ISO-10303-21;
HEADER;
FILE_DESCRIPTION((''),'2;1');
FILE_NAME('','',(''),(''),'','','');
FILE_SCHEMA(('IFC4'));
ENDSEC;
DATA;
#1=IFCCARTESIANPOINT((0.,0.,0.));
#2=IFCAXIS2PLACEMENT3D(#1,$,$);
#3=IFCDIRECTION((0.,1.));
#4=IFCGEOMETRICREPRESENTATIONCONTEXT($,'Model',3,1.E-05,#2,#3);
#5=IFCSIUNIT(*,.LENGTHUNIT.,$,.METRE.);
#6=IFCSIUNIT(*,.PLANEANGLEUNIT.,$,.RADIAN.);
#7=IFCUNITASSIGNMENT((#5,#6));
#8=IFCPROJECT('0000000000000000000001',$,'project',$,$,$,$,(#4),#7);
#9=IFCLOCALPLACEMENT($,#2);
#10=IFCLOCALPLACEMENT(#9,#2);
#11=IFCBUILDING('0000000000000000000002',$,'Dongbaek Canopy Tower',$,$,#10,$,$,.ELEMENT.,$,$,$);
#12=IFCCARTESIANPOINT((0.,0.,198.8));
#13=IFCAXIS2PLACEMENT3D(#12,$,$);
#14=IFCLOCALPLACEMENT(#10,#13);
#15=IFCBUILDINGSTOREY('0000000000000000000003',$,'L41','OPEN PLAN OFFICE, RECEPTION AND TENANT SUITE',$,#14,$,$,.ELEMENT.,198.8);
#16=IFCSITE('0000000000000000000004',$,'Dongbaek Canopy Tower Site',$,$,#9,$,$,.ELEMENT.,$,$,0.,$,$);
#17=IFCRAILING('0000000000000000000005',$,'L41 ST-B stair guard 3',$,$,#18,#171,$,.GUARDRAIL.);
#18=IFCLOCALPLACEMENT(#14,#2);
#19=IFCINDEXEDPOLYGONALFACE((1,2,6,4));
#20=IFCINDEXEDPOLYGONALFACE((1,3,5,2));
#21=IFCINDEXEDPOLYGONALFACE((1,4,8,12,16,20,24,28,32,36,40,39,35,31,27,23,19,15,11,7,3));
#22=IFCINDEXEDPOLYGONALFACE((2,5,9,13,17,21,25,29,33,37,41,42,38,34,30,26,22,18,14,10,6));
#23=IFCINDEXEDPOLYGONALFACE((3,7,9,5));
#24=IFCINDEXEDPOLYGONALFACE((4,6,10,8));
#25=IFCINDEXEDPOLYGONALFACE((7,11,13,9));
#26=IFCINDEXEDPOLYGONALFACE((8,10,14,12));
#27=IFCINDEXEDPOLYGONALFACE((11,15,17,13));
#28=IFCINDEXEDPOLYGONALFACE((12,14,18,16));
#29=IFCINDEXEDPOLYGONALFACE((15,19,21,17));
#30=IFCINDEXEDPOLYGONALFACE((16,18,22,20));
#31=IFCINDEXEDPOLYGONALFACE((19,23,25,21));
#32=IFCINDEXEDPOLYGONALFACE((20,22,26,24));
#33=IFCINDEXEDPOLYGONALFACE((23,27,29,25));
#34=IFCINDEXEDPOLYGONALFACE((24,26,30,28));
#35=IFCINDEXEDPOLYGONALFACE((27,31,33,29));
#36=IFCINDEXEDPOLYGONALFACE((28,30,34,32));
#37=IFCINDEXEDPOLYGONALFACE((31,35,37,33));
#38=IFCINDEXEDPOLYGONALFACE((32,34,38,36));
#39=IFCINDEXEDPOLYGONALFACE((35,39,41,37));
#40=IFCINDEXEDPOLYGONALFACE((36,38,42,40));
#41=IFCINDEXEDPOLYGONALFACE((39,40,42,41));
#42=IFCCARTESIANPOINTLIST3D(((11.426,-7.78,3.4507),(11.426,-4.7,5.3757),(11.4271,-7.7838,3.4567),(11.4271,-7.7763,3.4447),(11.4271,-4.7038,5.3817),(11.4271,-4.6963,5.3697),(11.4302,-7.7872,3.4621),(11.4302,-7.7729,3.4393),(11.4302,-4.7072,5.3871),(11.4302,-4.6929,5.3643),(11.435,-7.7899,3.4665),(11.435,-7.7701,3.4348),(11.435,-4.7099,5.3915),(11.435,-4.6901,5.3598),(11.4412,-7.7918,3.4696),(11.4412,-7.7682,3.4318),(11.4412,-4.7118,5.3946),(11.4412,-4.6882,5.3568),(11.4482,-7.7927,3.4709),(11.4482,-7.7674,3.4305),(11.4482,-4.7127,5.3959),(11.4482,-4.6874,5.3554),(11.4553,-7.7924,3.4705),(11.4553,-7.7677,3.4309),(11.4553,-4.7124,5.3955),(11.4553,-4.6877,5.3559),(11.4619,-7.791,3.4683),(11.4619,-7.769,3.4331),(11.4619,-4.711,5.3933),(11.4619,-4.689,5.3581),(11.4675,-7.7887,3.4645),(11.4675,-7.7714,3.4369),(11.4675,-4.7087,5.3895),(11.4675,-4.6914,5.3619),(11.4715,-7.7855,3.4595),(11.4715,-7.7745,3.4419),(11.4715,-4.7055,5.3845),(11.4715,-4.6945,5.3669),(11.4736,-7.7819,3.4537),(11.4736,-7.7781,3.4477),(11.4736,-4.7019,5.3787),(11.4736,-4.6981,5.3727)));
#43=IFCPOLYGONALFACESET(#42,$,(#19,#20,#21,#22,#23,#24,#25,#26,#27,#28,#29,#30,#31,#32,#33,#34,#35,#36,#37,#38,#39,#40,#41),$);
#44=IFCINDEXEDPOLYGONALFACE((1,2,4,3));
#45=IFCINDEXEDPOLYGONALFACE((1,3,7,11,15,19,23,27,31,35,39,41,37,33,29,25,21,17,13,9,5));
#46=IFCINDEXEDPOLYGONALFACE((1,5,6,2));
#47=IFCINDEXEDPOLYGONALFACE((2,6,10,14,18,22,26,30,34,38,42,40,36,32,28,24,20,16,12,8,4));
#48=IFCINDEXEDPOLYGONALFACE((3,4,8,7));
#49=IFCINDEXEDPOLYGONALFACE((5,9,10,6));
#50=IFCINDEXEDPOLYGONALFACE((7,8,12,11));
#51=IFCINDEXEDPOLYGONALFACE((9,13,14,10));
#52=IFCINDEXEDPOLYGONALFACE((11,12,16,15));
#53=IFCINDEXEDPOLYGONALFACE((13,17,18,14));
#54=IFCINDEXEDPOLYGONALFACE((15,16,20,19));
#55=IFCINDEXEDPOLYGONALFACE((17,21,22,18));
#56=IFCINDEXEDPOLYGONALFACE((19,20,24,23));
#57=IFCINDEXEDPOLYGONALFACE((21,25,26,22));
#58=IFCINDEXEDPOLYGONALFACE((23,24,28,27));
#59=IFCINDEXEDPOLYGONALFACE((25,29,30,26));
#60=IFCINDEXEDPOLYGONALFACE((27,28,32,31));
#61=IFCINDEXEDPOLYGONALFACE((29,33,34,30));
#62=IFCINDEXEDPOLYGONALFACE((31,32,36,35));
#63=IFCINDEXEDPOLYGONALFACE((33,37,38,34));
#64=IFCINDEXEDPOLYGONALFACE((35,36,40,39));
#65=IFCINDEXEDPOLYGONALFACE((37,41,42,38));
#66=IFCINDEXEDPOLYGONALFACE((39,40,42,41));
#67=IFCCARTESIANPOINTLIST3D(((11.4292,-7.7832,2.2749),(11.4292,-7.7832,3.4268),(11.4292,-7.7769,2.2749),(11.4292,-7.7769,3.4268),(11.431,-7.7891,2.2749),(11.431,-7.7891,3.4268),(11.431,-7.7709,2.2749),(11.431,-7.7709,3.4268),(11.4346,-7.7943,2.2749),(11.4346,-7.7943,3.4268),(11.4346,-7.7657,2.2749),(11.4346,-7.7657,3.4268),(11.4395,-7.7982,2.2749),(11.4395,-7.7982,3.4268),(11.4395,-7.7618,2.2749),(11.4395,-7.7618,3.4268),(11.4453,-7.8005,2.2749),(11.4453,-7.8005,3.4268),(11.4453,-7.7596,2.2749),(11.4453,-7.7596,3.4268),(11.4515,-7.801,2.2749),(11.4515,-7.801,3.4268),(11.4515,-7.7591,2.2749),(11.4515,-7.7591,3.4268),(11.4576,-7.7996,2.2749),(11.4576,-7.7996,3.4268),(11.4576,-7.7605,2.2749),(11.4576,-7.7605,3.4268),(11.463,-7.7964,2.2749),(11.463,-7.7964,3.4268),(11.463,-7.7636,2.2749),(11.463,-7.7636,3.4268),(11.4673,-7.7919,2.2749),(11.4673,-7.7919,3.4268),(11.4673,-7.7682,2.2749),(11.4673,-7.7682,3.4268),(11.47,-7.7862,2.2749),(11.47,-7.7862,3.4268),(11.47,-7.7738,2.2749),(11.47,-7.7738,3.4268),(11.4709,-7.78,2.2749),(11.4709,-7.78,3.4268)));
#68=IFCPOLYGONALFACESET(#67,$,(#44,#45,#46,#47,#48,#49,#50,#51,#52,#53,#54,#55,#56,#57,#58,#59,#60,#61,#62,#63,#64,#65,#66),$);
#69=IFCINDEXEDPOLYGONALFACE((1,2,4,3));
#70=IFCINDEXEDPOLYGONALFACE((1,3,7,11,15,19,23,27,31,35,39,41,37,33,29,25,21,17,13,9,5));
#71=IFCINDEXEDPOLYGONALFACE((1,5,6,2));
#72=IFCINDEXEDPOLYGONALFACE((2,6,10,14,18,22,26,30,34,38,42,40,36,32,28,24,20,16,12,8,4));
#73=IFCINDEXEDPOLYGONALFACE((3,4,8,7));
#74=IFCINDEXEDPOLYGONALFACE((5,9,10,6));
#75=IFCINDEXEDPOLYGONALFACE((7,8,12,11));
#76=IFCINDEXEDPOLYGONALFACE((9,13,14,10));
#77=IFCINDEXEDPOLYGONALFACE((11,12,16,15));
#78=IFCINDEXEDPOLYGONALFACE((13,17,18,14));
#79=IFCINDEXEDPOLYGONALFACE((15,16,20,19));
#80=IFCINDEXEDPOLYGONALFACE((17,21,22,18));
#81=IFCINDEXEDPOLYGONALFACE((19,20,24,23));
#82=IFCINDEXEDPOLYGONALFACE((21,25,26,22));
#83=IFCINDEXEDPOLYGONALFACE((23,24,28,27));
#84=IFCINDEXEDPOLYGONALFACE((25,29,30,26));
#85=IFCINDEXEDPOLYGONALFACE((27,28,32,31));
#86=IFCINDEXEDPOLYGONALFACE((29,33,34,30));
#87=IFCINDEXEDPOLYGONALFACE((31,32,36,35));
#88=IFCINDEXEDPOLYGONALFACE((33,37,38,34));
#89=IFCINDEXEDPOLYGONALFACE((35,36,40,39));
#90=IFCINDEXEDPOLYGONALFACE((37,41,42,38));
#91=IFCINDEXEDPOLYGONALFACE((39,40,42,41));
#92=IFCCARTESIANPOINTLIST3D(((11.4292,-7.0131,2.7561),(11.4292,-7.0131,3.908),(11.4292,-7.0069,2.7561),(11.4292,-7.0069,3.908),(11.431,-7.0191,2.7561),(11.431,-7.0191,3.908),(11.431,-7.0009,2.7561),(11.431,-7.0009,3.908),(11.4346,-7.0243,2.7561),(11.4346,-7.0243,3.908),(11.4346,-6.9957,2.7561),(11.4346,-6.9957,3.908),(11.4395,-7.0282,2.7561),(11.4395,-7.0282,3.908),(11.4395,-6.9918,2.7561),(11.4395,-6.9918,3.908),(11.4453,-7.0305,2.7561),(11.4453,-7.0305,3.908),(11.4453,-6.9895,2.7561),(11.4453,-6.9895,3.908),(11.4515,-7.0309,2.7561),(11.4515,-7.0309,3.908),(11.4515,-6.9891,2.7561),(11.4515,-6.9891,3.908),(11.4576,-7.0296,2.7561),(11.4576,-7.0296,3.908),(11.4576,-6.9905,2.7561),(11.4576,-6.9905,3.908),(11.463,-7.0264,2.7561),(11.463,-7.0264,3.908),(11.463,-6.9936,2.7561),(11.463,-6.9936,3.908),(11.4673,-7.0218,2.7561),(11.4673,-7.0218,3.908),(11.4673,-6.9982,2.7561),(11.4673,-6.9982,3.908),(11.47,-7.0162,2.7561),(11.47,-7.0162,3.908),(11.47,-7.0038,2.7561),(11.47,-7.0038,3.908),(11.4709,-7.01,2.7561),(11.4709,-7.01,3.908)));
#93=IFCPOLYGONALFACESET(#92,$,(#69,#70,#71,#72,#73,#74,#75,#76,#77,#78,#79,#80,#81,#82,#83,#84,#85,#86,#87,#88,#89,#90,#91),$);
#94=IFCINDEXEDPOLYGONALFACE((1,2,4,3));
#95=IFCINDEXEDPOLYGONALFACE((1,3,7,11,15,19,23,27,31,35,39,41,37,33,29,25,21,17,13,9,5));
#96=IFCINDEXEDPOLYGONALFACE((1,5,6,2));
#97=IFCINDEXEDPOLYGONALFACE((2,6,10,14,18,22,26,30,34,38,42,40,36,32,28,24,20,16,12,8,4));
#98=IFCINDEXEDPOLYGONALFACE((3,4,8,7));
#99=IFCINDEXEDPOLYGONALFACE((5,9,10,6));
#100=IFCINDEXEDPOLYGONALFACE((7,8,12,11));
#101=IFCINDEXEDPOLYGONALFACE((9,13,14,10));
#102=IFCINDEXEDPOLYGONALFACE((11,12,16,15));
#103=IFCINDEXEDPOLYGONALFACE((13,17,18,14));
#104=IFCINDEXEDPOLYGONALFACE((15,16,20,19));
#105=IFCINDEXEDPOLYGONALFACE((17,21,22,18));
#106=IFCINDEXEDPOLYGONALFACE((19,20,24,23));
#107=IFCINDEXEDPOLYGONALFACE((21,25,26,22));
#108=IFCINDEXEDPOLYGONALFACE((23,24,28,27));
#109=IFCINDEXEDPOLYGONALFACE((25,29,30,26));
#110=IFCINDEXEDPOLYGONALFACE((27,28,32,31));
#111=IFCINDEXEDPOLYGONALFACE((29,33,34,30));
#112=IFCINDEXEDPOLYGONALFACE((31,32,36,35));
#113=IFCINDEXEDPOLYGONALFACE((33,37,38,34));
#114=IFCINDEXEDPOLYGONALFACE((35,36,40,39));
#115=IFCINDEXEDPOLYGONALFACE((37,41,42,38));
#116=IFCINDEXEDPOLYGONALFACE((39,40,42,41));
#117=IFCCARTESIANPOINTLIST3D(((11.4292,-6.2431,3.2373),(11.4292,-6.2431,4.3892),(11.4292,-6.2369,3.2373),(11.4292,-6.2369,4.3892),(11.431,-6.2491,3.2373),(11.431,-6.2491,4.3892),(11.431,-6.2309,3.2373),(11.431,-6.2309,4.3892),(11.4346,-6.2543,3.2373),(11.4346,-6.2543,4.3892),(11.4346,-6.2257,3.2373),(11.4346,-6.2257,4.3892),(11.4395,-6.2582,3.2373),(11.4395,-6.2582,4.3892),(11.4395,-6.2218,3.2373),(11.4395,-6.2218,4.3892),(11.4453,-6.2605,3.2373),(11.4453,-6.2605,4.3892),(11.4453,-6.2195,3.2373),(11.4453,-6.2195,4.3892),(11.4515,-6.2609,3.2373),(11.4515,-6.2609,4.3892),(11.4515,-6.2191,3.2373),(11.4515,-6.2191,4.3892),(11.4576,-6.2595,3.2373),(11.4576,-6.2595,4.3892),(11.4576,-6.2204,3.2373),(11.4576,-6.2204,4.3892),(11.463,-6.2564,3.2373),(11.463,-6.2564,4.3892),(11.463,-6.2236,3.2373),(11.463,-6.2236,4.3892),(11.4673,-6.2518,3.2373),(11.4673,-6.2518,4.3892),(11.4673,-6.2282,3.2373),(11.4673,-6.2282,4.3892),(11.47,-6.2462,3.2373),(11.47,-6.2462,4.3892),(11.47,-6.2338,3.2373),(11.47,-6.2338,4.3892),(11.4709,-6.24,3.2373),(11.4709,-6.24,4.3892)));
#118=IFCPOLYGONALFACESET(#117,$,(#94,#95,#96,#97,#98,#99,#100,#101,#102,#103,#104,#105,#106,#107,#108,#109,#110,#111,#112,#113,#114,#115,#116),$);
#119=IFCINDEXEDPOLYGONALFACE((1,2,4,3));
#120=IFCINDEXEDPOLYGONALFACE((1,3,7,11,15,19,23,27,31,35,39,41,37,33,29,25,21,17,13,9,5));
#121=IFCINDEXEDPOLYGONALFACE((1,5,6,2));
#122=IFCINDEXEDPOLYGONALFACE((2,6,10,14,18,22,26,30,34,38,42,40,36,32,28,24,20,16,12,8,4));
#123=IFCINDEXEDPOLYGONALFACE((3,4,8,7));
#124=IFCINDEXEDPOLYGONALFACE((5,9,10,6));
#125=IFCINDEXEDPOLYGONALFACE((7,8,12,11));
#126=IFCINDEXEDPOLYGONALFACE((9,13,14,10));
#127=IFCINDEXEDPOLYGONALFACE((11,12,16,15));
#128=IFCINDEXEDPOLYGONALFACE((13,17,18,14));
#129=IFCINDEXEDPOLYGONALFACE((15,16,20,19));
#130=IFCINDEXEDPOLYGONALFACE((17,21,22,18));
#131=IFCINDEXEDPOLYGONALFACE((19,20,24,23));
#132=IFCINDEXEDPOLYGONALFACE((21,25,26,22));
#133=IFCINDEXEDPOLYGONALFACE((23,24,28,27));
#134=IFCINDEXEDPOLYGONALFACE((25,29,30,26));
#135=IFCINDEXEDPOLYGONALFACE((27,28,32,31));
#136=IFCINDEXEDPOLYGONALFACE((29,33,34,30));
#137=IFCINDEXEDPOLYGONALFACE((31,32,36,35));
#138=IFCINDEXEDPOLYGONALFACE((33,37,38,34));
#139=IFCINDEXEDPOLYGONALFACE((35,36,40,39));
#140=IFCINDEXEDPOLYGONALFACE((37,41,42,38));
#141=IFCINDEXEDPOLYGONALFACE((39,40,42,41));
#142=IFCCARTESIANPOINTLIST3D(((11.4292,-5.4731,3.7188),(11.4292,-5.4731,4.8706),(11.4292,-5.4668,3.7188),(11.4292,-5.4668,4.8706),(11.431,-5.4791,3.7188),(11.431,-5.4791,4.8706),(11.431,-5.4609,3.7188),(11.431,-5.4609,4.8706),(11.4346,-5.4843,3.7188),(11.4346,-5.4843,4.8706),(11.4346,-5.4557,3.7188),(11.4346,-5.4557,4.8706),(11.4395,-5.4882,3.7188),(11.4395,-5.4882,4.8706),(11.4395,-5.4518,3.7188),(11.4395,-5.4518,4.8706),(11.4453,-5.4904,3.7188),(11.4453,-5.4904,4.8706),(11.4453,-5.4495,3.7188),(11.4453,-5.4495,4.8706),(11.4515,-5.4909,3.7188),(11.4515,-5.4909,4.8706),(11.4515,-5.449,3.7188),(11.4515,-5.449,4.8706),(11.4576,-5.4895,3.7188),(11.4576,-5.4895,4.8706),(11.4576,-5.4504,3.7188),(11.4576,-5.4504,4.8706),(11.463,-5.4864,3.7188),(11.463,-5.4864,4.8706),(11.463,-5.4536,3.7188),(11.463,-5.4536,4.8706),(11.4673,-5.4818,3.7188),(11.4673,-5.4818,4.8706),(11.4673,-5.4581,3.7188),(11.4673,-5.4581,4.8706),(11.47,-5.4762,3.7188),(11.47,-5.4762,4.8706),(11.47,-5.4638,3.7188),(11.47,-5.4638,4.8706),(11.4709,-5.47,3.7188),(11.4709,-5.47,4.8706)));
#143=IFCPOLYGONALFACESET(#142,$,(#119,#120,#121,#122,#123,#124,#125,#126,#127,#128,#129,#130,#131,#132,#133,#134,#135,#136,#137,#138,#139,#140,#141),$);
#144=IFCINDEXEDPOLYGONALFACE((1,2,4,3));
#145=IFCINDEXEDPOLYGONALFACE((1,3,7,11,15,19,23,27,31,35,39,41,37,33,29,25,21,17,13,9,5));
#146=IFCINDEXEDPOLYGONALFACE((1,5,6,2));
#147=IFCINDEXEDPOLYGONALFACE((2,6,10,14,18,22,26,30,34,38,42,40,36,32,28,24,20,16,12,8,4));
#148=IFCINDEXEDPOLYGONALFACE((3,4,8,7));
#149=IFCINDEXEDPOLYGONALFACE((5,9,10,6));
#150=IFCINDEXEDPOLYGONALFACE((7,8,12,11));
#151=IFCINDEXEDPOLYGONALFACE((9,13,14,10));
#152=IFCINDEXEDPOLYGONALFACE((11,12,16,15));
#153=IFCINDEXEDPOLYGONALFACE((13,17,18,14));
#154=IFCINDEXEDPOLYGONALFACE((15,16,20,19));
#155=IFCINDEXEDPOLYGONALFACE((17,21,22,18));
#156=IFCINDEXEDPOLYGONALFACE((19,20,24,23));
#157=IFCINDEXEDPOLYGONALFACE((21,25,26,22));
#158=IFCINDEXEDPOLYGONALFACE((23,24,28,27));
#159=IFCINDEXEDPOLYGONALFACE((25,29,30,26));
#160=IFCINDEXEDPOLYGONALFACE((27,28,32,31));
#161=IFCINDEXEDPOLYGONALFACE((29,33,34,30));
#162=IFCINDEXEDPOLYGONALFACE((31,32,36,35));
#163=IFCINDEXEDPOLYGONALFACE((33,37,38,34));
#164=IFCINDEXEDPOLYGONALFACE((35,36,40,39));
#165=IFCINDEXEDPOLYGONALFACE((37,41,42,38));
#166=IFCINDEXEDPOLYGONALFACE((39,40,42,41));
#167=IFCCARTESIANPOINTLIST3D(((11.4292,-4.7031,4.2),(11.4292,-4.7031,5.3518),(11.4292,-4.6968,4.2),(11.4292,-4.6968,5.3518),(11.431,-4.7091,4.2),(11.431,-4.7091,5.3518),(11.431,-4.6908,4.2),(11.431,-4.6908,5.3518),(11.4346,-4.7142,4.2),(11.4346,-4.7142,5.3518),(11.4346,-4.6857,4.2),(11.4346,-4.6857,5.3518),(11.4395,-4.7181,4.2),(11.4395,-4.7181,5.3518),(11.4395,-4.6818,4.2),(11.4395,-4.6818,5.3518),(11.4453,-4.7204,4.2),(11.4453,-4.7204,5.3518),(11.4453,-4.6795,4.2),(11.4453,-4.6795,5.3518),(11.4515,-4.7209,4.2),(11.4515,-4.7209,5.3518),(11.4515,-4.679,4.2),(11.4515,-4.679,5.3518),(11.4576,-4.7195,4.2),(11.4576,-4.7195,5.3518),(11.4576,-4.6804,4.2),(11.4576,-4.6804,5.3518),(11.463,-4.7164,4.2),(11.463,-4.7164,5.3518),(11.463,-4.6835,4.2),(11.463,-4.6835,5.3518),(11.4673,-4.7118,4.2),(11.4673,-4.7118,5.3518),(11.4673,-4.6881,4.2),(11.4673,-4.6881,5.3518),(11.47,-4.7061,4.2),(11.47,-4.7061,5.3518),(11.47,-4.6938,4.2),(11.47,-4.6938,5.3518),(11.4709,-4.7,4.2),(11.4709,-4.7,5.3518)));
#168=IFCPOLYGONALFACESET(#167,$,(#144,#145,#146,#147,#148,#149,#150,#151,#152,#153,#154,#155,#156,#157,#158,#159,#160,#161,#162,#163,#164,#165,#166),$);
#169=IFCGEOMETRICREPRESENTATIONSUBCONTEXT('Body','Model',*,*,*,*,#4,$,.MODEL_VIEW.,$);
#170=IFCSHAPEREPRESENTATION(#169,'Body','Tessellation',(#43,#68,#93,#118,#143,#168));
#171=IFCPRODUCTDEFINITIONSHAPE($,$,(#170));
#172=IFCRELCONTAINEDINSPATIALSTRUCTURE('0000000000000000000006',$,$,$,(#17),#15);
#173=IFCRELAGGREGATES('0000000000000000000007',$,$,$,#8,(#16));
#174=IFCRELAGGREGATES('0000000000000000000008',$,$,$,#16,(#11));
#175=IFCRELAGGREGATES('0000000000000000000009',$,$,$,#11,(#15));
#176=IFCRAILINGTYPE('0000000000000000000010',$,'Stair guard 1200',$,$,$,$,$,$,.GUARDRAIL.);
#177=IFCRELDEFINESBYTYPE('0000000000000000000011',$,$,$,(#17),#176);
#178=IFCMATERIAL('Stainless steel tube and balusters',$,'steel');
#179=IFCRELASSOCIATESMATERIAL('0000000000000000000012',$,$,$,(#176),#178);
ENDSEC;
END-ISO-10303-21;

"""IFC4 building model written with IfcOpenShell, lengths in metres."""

from ifc_helpers import new_model, si_unit, direction, frame, origin, origin_2d, place, context, subcontext, project, spatial, circle, extrude, material, type_object, element, save


model = new_model("IFC4")

# Units and contexts
model_context = context("Model", 3, precision=1e-05, world=origin(), true_north=direction((0.0, 1.0)))
body_context = subcontext(model_context, "Body", "Model", "MODEL_VIEW")
ifc_project = project(units=[si_unit("LENGTHUNIT", "METRE"), si_unit("PLANEANGLEUNIT", "RADIAN")], contexts=[model_context])

# Site, building, storey
site_placement = place(None, origin())
site = spatial("IfcSite", under=ifc_project, at=site_placement, Name="Dongbaek Canopy Tower Site", CompositionType="ELEMENT", RefElevation=0.0)
building_placement = place(site_placement, origin())
building = spatial("IfcBuilding", under=site, at=building_placement, Name="Dongbaek Canopy Tower", CompositionType="ELEMENT")
storey_placement = place(building_placement, frame((0.0, 0.0, 198.8)))
storey = spatial("IfcBuildingStorey", under=building, at=storey_placement, Name="L41", Description="OPEN PLAN OFFICE, RECEPTION AND TENANT SUITE", CompositionType="ELEMENT", Elevation=198.8)

# Railing
ifc_material_1 = material(Name="Stainless steel tube and balusters", Category="steel")
railing_type_1 = type_object("IfcRailingType", Name="Stair guard 1200", PredefinedType="GUARDRAIL", material=ifc_material_1)
railing_1_placement = place(storey_placement, frame((11.45, -7.78, 2.2749)))
element("IfcRailing", 1, at=railing_1_placement, inside=storey, type_object=railing_type_1, Name="L41 ST-B stair guard 3", PredefinedType="GUARDRAIL", context=body_context, shape_type="SweptSolid", body=[
    extrude(circle(Radius=0.0239, at=origin_2d()), frame((0.0, 0.0, 1.1758), z_axis=(0.0, 0.847998, 0.529999), x_axis=(-1.0, 0.0, 0.0)), (0.0, 0.0, 1.0), 3.6321),
    extrude(circle(Radius=0.021, at=origin_2d()), origin(), (0.0, 0.0, 1.0), 1.1519),
    extrude(circle(Radius=0.021, at=origin_2d()), frame((0.0, 0.77, 0.4812)), (0.0, 0.0, 1.0), 1.1519),
    extrude(circle(Radius=0.021, at=origin_2d()), frame((0.0, 1.54, 0.9624)), (0.0, 0.0, 1.0), 1.1519),
    extrude(circle(Radius=0.021, at=origin_2d()), frame((0.0, 2.3101, 1.4438)), (0.0, 0.0, 1.0), 1.1519),
    extrude(circle(Radius=0.021, at=origin_2d()), frame((0.0, 3.0801, 1.925)), (0.0, 0.0, 1.0), 1.1519),
])

save(model, "model.ifc")
